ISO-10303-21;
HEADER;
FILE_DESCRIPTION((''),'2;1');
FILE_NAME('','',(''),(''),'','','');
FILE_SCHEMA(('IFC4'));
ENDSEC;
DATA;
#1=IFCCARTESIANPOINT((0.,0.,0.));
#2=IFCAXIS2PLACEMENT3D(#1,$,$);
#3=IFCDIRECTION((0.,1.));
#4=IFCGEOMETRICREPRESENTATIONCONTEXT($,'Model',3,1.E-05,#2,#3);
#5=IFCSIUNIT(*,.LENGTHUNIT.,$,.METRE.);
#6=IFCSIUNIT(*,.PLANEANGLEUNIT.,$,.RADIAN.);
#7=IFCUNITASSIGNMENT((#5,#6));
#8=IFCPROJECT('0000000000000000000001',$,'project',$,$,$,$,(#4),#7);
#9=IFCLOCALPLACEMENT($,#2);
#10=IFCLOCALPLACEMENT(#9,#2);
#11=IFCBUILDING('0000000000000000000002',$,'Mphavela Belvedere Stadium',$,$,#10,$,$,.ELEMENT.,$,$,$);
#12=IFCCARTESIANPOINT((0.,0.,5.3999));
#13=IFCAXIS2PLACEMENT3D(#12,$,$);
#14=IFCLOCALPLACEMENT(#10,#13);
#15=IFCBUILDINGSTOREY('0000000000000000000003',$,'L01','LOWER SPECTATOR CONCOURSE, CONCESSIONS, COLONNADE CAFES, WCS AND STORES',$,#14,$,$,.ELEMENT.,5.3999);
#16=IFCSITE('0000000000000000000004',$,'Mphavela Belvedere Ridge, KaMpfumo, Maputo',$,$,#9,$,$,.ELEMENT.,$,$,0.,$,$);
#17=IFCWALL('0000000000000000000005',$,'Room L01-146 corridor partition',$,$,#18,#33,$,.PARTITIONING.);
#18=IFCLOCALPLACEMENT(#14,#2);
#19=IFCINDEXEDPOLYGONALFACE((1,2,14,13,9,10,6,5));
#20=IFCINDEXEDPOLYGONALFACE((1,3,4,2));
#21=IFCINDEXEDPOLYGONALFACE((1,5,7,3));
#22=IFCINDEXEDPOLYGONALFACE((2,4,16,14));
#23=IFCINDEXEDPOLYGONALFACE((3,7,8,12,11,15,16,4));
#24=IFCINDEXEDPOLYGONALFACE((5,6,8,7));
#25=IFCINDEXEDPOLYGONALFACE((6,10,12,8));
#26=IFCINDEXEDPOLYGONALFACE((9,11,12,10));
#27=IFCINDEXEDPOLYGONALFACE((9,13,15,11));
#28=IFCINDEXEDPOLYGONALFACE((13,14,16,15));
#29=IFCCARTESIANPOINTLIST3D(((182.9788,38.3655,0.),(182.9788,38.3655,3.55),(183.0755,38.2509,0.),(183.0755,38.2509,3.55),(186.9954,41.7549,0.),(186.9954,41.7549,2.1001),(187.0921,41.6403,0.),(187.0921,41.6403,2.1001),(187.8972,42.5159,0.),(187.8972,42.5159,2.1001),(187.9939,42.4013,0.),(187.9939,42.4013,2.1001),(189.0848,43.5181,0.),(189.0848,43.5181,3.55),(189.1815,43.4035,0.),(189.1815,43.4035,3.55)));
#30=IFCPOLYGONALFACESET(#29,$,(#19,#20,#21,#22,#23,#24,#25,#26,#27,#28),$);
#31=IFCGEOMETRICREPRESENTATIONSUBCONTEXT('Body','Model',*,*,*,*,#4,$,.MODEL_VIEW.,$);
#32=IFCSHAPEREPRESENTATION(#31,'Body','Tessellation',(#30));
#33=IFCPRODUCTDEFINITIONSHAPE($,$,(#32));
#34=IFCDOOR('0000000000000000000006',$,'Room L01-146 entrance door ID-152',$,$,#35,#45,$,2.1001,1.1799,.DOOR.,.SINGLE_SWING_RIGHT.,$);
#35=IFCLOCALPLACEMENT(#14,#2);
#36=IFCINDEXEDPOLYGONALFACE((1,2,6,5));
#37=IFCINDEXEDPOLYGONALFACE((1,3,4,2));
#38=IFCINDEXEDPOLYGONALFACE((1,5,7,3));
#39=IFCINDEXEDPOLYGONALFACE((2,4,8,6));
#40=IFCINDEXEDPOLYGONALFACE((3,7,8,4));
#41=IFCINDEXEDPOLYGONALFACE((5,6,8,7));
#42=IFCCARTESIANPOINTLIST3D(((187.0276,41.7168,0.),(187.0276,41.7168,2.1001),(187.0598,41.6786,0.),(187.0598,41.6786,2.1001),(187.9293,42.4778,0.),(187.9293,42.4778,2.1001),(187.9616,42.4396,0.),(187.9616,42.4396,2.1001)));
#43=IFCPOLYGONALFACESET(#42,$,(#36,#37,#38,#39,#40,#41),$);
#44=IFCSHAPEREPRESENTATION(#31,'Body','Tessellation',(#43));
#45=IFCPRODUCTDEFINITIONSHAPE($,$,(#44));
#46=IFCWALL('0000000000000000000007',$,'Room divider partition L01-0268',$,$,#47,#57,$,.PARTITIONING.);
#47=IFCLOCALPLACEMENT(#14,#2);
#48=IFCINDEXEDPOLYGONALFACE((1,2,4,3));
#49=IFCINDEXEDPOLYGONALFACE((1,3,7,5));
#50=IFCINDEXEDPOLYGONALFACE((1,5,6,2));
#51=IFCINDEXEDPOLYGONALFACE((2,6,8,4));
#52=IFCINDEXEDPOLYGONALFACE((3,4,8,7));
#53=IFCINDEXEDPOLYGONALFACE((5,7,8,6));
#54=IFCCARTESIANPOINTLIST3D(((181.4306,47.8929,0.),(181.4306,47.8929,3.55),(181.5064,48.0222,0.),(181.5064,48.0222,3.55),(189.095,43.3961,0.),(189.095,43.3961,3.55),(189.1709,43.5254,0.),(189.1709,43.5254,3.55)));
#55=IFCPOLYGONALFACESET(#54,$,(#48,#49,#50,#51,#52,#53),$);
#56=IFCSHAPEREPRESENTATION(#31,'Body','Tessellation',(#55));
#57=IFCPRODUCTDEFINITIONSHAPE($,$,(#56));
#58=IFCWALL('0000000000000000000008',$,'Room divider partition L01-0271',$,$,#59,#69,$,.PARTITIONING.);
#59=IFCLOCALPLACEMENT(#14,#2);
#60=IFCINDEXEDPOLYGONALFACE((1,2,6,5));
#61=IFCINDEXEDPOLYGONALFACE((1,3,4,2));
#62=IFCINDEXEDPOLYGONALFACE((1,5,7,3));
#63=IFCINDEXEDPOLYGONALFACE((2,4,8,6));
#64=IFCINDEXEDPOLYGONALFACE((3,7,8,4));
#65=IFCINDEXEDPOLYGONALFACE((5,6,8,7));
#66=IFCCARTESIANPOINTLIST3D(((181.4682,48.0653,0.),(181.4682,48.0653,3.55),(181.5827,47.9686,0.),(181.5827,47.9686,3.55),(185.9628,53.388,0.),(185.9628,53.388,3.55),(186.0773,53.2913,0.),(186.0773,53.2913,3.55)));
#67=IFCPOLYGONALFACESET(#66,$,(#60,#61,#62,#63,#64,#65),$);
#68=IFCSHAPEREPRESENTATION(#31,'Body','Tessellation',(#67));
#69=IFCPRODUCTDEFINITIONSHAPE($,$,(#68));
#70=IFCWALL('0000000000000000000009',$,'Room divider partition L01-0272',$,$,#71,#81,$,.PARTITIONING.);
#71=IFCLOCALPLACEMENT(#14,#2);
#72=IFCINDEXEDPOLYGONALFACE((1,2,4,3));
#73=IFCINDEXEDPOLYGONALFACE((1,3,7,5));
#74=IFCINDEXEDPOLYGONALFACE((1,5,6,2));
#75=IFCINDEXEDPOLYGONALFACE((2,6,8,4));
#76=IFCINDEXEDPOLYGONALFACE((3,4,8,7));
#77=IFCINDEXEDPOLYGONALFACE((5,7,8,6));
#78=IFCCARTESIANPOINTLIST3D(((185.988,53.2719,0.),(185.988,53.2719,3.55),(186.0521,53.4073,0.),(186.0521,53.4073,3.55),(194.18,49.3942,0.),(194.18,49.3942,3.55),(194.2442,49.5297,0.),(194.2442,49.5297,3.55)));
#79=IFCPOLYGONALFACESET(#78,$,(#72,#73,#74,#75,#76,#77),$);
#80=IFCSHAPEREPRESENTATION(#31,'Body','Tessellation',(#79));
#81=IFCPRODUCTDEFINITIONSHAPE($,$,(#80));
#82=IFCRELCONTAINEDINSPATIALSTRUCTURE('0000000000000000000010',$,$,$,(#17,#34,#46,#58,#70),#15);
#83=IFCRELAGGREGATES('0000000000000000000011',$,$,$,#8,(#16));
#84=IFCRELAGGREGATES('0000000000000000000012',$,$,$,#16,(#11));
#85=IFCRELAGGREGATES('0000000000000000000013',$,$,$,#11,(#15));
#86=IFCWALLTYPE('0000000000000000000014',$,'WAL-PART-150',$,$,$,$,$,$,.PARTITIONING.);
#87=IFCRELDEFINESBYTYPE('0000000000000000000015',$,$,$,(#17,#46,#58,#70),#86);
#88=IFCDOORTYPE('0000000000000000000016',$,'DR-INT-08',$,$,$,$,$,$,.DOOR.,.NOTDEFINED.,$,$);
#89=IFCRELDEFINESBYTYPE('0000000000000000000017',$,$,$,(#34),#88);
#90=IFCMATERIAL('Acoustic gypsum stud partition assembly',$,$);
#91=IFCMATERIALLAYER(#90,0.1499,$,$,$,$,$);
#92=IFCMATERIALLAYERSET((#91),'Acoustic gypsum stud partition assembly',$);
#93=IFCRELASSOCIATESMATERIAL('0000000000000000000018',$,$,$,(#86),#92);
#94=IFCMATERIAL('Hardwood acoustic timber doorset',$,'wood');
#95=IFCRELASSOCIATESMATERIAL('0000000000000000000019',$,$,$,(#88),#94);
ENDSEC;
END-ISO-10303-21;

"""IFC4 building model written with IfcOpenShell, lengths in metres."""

from ifc_helpers import new_model, si_unit, direction, frame, frame_2d, origin, place, context, subcontext, project, spatial, rectangle, extrude, material, layer, layer_set, type_object, element, fill, save


model = new_model("IFC4")

# Units and contexts
model_context = context("Model", 3, precision=1e-05, world=origin(), true_north=direction((0.0, 1.0)))
body_context = subcontext(model_context, "Body", "Model", "MODEL_VIEW")
ifc_project = project(units=[si_unit("LENGTHUNIT", "METRE"), si_unit("PLANEANGLEUNIT", "RADIAN")], contexts=[model_context])

# Site, building, storey
site_placement = place(None, origin())
site = spatial("IfcSite", under=ifc_project, at=site_placement, Name="Mphavela Belvedere Ridge, KaMpfumo, Maputo", CompositionType="ELEMENT", RefElevation=0.0)
building_placement = place(site_placement, origin())
building = spatial("IfcBuilding", under=site, at=building_placement, Name="Mphavela Belvedere Stadium", CompositionType="ELEMENT")
storey_placement = place(building_placement, frame((0.0, 0.0, 5.3999)))
storey = spatial("IfcBuildingStorey", under=building, at=storey_placement, Name="L01", Description="LOWER SPECTATOR CONCOURSE, CONCESSIONS, COLONNADE CAFES, WCS AND STORES", CompositionType="ELEMENT", Elevation=5.3999)

# Wall, opening, door
ifc_material_1 = material(Name="Acoustic gypsum stud partition assembly")
ifc_layer_1 = layer(ifc_material_1, 0.1499)
ifc_layer_set_1 = layer_set([ifc_layer_1], Name="Acoustic gypsum stud partition assembly")
wall_type_1 = type_object("IfcWallType", Name="WAL-PART-150", PredefinedType="PARTITIONING", material=ifc_layer_set_1)
wall_1_placement = place(storey_placement, frame((189.1331, 43.4607, 0.0), z_axis=(0.0, 0.0, 1.0), x_axis=(-0.764249, -0.644921, 0.0)))
wall_1 = element("IfcWall", 1, at=wall_1_placement, inside=storey, type_object=wall_type_1, Name="Room L01-146 corridor partition", PredefinedType="PARTITIONING", context=body_context, shape_type="SweptSolid", body=[
    extrude(rectangle(XDim=7.9895, YDim=0.1499, at=frame_2d((3.9946, 0.0))), origin(), (0.0, 0.0, 1.0), 3.55),
])
opening_1_placement = place(wall_1_placement, frame((1.554, 0.0, 0.0)))
opening_1 = element("IfcOpeningElement", 2, at=opening_1_placement, cuts=wall_1, PredefinedType="OPENING", context=body_context, shape_type="SweptSolid", body=[
    extrude(rectangle(XDim=1.1799, YDim=2.1001, at=frame_2d((0.5898, 1.05))), frame((0.0, 0.085, 0.0), z_axis=(0.0, -1.0, 0.0), x_axis=(1.0, 0.0, 0.0)), (0.0, 0.0, 1.0), 0.1699),
])
ifc_material_2 = material(Name="Hardwood acoustic timber doorset", Category="wood")
door_type_1 = type_object("IfcDoorType", Name="DR-INT-08", OperationType="NOTDEFINED", PredefinedType="DOOR", material=ifc_material_2)
door_1_placement = place(opening_1_placement, origin())
door_1 = element("IfcDoor", 3, at=door_1_placement, inside=storey, type_object=door_type_1, Name="Room L01-146 entrance door ID-152", OperationType="SINGLE_SWING_RIGHT", OverallHeight=2.1001, OverallWidth=1.1799, PredefinedType="DOOR", context=body_context, shape_type="SweptSolid", body=[
    extrude(rectangle(XDim=1.1799, YDim=2.1001, at=frame_2d((0.5898, 1.05))), frame((0.0, 0.0249, 0.0), z_axis=(0.0, -1.0, 0.0), x_axis=(1.0, 0.0, 0.0)), (0.0, 0.0, 1.0), 0.05),
])
fill(opening_1, door_1)

# Walls
wall_2_placement = place(storey_placement, frame((181.4685, 47.9575, 0.0), z_axis=(0.0, 0.0, 1.0), x_axis=(0.862511, -0.506039, 0.0)))
element("IfcWall", 4, at=wall_2_placement, inside=storey, type_object=wall_type_1, Name="Room divider partition L01-0268", PredefinedType="PARTITIONING", context=body_context, shape_type="SweptSolid", body=[
    extrude(rectangle(XDim=8.8862, YDim=0.1499, at=frame_2d((4.4431, 0.0))), origin(), (0.0, 0.0, 1.0), 3.55),
])
wall_3_placement = place(storey_placement, frame((181.5254, 48.0168, 0.0), z_axis=(0.0, 0.0, 1.0), x_axis=(0.645169, 0.76404, 0.0)))
element("IfcWall", 5, at=wall_3_placement, inside=storey, type_object=wall_type_1, Name="Room divider partition L01-0271", PredefinedType="PARTITIONING", context=body_context, shape_type="SweptSolid", body=[
    extrude(rectangle(XDim=6.9666, YDim=0.1499, at=frame_2d((3.4834, 0.0))), origin(), (0.0, 0.0, 1.0), 3.55),
])
wall_4_placement = place(storey_placement, frame((186.02, 53.3396, 0.0), z_axis=(0.0, 0.0, 1.0), x_axis=(0.903857, -0.427834, 0.0)))
element("IfcWall", 6, at=wall_4_placement, inside=storey, type_object=wall_type_1, Name="Room divider partition L01-0272", PredefinedType="PARTITIONING", context=body_context, shape_type="SweptSolid", body=[
    extrude(rectangle(XDim=9.0635, YDim=0.1499, at=frame_2d((4.5317, 0.0))), origin(), (0.0, 0.0, 1.0), 3.55),
])

save(model, "model.ifc")
